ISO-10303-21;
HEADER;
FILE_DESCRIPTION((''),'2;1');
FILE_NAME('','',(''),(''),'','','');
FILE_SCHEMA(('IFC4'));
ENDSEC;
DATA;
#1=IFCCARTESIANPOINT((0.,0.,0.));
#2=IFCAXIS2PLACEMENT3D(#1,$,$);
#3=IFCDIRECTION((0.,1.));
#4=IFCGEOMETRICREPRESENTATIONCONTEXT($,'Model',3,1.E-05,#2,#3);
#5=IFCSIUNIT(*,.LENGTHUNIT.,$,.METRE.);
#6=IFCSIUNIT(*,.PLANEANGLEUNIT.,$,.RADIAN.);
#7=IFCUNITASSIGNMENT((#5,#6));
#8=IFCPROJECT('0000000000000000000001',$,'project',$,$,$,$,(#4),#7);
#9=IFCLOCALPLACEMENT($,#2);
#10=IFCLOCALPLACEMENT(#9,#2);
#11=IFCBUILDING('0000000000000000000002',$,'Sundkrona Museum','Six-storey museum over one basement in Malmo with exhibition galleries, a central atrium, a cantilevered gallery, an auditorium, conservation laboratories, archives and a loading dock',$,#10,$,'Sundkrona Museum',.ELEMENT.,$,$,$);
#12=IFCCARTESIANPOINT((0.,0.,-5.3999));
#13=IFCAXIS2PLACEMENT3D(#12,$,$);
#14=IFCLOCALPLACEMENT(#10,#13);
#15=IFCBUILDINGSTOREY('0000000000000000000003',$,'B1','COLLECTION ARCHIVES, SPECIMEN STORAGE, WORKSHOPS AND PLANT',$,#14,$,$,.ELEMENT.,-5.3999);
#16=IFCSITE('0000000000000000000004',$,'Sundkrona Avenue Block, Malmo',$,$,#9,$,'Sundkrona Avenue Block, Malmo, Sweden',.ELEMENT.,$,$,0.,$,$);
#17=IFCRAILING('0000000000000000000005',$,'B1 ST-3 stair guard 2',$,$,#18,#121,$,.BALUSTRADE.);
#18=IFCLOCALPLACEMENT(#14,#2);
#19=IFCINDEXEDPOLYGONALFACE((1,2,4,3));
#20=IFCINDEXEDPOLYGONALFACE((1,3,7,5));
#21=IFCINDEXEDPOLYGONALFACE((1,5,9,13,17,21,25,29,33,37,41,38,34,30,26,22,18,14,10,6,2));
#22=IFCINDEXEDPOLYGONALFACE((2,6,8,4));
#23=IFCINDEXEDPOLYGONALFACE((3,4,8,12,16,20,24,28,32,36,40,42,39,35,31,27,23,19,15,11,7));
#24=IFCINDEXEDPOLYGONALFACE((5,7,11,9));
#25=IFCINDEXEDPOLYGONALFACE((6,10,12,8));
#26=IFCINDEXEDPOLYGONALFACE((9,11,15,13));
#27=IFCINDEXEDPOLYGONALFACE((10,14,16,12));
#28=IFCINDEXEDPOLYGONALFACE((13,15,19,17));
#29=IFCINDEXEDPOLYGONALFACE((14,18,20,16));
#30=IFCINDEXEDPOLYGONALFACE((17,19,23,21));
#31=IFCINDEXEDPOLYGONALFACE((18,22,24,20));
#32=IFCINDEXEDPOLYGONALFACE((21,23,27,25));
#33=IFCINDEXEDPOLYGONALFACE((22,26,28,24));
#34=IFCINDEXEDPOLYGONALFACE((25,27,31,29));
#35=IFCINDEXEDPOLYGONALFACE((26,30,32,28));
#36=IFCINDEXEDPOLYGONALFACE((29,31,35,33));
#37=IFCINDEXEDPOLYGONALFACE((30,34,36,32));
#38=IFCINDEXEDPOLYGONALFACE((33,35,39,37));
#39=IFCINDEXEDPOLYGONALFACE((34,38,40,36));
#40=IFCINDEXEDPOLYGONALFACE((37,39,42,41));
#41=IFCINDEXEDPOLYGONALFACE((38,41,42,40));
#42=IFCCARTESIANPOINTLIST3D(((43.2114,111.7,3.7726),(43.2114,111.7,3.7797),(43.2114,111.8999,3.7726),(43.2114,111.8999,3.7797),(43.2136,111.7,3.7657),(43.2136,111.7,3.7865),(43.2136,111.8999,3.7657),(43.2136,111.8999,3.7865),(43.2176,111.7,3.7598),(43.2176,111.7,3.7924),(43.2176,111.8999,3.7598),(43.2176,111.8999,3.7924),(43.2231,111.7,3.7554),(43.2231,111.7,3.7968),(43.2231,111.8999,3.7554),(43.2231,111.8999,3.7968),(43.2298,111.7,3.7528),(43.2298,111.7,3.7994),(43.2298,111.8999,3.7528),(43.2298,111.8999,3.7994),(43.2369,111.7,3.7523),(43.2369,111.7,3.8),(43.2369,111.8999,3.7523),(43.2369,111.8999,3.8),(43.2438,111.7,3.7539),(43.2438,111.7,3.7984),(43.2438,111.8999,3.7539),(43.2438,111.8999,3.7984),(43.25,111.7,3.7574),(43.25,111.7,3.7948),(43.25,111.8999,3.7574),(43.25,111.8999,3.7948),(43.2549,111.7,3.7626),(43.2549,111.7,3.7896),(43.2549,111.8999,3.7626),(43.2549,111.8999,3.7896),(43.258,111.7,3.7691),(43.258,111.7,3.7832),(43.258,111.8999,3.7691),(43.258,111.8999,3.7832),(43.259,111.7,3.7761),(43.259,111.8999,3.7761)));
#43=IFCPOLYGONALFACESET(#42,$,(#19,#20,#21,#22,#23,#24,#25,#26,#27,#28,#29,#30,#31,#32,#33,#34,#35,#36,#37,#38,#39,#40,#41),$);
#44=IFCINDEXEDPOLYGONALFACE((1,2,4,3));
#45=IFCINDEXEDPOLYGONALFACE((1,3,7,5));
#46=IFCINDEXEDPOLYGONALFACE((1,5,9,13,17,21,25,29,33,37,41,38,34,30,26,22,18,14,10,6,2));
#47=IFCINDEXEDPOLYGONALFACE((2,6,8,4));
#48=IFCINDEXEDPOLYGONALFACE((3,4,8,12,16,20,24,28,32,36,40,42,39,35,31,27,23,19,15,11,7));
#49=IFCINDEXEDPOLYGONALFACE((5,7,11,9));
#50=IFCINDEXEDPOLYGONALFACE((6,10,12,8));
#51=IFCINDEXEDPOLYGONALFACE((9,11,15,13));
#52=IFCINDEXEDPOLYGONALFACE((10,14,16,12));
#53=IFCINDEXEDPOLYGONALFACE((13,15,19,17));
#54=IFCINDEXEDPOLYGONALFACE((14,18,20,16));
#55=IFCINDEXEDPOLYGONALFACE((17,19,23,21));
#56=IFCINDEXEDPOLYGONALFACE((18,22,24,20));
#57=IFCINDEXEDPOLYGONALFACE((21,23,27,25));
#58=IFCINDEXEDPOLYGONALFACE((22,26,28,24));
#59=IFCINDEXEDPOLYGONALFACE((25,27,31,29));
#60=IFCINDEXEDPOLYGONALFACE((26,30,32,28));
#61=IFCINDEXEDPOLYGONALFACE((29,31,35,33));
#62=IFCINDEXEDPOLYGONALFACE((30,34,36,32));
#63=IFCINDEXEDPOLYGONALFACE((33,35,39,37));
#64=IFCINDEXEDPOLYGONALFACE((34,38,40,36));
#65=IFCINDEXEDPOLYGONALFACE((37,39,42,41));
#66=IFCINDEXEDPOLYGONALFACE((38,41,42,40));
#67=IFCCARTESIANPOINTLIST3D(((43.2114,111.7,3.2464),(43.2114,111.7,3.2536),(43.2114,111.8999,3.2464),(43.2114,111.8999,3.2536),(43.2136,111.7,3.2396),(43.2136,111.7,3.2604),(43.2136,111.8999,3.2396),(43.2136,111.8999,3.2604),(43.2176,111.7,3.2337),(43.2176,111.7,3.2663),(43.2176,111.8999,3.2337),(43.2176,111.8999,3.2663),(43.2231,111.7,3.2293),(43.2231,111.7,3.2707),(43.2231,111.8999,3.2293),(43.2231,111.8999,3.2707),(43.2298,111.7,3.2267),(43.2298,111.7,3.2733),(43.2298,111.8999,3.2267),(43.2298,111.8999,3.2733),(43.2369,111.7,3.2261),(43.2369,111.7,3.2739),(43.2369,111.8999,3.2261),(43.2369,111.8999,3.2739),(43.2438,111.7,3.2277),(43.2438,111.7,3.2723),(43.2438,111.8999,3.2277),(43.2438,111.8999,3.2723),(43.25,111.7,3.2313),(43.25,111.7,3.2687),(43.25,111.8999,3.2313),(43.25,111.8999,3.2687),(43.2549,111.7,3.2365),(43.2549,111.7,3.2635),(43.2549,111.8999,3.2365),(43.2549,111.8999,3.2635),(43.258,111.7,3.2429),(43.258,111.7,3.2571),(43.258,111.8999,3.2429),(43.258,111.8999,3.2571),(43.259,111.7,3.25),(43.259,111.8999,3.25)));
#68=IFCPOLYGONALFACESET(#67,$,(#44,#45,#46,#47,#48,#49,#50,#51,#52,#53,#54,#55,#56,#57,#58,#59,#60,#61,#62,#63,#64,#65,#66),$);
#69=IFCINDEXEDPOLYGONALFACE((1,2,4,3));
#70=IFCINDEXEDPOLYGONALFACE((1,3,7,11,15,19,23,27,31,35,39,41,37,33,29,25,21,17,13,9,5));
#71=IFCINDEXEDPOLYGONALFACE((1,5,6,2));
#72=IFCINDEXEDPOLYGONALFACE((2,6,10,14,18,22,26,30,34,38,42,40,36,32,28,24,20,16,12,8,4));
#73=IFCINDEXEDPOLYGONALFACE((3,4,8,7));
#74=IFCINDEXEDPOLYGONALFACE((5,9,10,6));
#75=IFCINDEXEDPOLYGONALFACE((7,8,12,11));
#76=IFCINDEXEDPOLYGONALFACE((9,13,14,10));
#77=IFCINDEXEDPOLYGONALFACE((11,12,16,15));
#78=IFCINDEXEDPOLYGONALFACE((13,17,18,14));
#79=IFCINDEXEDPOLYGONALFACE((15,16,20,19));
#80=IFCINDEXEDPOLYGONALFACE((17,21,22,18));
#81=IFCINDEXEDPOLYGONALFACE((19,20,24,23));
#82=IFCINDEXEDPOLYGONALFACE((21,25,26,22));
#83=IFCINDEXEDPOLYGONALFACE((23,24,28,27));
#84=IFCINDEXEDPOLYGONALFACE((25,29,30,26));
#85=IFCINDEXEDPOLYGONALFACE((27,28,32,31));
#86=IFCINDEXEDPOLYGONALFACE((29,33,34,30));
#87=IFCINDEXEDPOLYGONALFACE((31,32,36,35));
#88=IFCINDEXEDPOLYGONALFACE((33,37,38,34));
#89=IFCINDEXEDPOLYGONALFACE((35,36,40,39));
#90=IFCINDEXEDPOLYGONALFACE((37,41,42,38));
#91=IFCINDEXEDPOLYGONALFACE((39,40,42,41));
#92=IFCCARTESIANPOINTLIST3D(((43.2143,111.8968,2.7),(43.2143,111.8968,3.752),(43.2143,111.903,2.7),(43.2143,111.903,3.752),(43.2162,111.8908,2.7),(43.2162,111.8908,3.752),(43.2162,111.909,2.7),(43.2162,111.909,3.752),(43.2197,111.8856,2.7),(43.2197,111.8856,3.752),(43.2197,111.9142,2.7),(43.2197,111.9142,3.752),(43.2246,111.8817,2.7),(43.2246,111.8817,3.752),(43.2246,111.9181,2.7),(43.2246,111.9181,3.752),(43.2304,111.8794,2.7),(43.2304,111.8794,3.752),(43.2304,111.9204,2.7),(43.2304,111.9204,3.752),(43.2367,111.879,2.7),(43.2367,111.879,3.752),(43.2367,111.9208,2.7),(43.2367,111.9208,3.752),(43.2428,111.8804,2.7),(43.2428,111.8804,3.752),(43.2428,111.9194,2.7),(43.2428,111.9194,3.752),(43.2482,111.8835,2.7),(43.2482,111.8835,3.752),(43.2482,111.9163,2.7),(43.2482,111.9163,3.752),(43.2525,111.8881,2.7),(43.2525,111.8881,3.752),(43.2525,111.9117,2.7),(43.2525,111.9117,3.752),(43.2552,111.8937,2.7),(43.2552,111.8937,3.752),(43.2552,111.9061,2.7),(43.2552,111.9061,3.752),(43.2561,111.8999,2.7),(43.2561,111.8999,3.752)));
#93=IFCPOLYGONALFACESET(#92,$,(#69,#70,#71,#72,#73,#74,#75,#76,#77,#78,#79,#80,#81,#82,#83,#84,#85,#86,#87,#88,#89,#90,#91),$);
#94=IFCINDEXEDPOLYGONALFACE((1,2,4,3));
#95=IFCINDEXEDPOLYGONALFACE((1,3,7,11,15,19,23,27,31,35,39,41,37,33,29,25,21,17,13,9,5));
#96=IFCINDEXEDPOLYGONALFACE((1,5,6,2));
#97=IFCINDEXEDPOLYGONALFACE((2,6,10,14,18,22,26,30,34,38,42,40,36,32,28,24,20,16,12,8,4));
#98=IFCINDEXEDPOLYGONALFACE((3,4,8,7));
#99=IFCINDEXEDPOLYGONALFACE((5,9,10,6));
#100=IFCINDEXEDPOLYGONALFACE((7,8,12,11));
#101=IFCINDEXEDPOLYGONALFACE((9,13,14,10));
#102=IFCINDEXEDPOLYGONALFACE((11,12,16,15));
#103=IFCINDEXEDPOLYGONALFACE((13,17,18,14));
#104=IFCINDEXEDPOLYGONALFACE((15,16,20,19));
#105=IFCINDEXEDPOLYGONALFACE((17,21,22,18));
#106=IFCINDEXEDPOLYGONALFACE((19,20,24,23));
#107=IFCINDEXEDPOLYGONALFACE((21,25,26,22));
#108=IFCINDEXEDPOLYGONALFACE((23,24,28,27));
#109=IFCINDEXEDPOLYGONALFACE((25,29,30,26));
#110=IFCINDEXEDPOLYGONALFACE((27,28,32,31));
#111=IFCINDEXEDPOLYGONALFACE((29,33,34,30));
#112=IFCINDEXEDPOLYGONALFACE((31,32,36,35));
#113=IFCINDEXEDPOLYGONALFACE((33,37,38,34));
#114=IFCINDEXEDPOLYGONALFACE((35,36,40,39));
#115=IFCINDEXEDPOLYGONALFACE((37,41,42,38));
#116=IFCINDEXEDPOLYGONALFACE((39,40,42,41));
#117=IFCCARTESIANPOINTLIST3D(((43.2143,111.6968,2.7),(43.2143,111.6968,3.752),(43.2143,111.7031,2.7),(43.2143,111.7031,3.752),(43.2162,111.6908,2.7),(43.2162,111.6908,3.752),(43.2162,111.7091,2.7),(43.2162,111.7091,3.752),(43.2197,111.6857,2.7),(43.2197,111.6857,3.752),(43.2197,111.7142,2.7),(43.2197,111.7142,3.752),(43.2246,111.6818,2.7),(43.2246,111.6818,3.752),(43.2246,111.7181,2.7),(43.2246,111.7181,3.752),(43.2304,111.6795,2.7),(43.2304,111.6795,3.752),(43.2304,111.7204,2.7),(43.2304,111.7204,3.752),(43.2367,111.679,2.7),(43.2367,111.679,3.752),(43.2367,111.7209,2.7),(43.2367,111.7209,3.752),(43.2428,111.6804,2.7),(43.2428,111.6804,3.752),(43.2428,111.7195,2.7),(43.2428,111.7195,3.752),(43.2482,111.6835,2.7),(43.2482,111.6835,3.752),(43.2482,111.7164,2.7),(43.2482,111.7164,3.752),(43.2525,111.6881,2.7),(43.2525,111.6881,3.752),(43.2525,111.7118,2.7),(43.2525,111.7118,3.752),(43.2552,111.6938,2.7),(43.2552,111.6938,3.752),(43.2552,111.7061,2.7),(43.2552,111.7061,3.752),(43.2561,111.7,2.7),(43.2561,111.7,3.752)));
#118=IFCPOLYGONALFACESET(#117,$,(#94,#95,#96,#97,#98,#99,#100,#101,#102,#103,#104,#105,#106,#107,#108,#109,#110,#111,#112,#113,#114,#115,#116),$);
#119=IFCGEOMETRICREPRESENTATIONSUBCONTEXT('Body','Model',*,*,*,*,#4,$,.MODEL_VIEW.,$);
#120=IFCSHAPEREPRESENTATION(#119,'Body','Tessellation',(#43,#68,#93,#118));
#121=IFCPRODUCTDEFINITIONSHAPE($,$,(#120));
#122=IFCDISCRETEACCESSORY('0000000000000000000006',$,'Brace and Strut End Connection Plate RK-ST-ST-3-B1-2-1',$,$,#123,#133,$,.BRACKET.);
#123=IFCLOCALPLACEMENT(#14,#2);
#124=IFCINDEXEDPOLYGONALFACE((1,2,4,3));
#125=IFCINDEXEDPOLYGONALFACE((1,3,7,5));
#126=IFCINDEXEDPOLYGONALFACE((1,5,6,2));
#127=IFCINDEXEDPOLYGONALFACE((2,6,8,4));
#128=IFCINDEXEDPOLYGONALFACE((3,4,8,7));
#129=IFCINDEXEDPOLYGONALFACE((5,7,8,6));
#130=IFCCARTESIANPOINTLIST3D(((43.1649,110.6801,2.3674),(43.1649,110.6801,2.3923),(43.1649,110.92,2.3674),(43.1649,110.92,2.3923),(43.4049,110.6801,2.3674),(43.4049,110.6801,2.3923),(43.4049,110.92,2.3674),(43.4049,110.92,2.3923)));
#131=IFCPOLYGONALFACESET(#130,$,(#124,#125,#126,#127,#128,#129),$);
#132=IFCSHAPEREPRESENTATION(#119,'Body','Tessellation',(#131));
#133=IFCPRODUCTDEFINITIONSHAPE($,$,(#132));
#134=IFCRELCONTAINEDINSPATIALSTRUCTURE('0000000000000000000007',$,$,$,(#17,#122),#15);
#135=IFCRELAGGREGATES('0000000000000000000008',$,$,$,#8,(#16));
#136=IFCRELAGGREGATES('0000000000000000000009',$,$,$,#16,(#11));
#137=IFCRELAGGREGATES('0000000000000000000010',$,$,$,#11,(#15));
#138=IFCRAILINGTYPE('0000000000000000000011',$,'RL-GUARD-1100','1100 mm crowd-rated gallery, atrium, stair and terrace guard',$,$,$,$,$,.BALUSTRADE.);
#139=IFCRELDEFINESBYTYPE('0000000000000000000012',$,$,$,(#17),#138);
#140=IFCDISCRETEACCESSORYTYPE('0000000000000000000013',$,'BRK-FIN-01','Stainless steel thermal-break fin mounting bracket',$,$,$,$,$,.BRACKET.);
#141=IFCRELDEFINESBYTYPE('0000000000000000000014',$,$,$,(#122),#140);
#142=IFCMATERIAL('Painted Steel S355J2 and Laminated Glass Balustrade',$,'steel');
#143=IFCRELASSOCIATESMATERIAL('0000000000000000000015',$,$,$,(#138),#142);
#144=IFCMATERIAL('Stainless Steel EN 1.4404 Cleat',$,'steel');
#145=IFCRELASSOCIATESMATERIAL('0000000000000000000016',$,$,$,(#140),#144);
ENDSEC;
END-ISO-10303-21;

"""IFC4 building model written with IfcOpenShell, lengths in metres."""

from ifc_helpers import new_model, si_unit, direction, frame, origin, origin_2d, place, context, subcontext, project, spatial, rectangle, circle, extrude, material, type_object, element, save


model = new_model("IFC4")

# Units and contexts
model_context = context("Model", 3, precision=1e-05, world=origin(), true_north=direction((0.0, 1.0)))
body_context = subcontext(model_context, "Body", "Model", "MODEL_VIEW")
ifc_project = project(units=[si_unit("LENGTHUNIT", "METRE"), si_unit("PLANEANGLEUNIT", "RADIAN")], contexts=[model_context])

# Site, building, storey
site_placement = place(None, origin())
site = spatial("IfcSite", under=ifc_project, at=site_placement, Name="Sundkrona Avenue Block, Malmo", LongName="Sundkrona Avenue Block, Malmo, Sweden", CompositionType="ELEMENT", RefElevation=0.0)
building_placement = place(site_placement, origin())
building = spatial("IfcBuilding", under=site, at=building_placement, Name="Sundkrona Museum", Description="Six-storey museum over one basement in Malmo with exhibition galleries, a central atrium, a cantilevered gallery, an auditorium, conservation laboratories, archives and a loading dock", LongName="Sundkrona Museum", CompositionType="ELEMENT")
storey_placement = place(building_placement, frame((0.0, 0.0, -5.3999)))
storey = spatial("IfcBuildingStorey", under=building, at=storey_placement, Name="B1", Description="COLLECTION ARCHIVES, SPECIMEN STORAGE, WORKSHOPS AND PLANT", CompositionType="ELEMENT", Elevation=-5.3999)

# Railing
ifc_material_1 = material(Name="Painted Steel S355J2 and Laminated Glass Balustrade", Category="steel")
railing_type_1 = type_object("IfcRailingType", Name="RL-GUARD-1100", Description="1100 mm crowd-rated gallery, atrium, stair and terrace guard", PredefinedType="BALUSTRADE", material=ifc_material_1)
railing_1_placement = place(storey_placement, frame((43.2351, 111.8999, 2.7)))
element("IfcRailing", 1, at=railing_1_placement, inside=storey, type_object=railing_type_1, Name="B1 ST-3 stair guard 2", PredefinedType="BALUSTRADE", context=body_context, shape_type="SweptSolid", body=[
    extrude(circle(Radius=0.0239, at=origin_2d()), frame((0.0, 0.0, 1.0762), z_axis=(0.0, -1.0, 0.0), x_axis=(1.0, 0.0, 0.0)), (0.0, 0.0, 1.0), 0.2),
    extrude(circle(Radius=0.0239, at=origin_2d()), frame((0.0, 0.0, 0.55), z_axis=(0.0, -1.0, 0.0), x_axis=(1.0, 0.0, 0.0)), (0.0, 0.0, 1.0), 0.2),
    extrude(circle(Radius=0.021, at=origin_2d()), origin(), (0.0, 0.0, 1.0), 1.052),
    extrude(circle(Radius=0.021, at=origin_2d()), frame((0.0, -0.2, 0.0)), (0.0, 0.0, 1.0), 1.052),
])

# Discrete accessory
ifc_material_2 = material(Name="Stainless Steel EN 1.4404 Cleat", Category="steel")
discrete_accessory_type = type_object("IfcDiscreteAccessoryType", Name="BRK-FIN-01", Description="Stainless steel thermal-break fin mounting bracket", PredefinedType="BRACKET", material=ifc_material_2)
discrete_accessory_placement = place(storey_placement, frame((43.2849, 110.8, 2.3674), z_axis=(0.0, 0.0, 1.0), x_axis=(1.0, 0.0, 0.0)))
element("IfcDiscreteAccessory", 2, at=discrete_accessory_placement, inside=storey, type_object=discrete_accessory_type, Name="Brace and Strut End Connection Plate RK-ST-ST-3-B1-2-1", PredefinedType="BRACKET", context=body_context, shape_type="SweptSolid", body=[
    extrude(rectangle(XDim=0.24, YDim=0.24, at=origin_2d()), origin(), (0.0, 0.0, 1.0), 0.0249),
])

save(model, "model.ifc")
